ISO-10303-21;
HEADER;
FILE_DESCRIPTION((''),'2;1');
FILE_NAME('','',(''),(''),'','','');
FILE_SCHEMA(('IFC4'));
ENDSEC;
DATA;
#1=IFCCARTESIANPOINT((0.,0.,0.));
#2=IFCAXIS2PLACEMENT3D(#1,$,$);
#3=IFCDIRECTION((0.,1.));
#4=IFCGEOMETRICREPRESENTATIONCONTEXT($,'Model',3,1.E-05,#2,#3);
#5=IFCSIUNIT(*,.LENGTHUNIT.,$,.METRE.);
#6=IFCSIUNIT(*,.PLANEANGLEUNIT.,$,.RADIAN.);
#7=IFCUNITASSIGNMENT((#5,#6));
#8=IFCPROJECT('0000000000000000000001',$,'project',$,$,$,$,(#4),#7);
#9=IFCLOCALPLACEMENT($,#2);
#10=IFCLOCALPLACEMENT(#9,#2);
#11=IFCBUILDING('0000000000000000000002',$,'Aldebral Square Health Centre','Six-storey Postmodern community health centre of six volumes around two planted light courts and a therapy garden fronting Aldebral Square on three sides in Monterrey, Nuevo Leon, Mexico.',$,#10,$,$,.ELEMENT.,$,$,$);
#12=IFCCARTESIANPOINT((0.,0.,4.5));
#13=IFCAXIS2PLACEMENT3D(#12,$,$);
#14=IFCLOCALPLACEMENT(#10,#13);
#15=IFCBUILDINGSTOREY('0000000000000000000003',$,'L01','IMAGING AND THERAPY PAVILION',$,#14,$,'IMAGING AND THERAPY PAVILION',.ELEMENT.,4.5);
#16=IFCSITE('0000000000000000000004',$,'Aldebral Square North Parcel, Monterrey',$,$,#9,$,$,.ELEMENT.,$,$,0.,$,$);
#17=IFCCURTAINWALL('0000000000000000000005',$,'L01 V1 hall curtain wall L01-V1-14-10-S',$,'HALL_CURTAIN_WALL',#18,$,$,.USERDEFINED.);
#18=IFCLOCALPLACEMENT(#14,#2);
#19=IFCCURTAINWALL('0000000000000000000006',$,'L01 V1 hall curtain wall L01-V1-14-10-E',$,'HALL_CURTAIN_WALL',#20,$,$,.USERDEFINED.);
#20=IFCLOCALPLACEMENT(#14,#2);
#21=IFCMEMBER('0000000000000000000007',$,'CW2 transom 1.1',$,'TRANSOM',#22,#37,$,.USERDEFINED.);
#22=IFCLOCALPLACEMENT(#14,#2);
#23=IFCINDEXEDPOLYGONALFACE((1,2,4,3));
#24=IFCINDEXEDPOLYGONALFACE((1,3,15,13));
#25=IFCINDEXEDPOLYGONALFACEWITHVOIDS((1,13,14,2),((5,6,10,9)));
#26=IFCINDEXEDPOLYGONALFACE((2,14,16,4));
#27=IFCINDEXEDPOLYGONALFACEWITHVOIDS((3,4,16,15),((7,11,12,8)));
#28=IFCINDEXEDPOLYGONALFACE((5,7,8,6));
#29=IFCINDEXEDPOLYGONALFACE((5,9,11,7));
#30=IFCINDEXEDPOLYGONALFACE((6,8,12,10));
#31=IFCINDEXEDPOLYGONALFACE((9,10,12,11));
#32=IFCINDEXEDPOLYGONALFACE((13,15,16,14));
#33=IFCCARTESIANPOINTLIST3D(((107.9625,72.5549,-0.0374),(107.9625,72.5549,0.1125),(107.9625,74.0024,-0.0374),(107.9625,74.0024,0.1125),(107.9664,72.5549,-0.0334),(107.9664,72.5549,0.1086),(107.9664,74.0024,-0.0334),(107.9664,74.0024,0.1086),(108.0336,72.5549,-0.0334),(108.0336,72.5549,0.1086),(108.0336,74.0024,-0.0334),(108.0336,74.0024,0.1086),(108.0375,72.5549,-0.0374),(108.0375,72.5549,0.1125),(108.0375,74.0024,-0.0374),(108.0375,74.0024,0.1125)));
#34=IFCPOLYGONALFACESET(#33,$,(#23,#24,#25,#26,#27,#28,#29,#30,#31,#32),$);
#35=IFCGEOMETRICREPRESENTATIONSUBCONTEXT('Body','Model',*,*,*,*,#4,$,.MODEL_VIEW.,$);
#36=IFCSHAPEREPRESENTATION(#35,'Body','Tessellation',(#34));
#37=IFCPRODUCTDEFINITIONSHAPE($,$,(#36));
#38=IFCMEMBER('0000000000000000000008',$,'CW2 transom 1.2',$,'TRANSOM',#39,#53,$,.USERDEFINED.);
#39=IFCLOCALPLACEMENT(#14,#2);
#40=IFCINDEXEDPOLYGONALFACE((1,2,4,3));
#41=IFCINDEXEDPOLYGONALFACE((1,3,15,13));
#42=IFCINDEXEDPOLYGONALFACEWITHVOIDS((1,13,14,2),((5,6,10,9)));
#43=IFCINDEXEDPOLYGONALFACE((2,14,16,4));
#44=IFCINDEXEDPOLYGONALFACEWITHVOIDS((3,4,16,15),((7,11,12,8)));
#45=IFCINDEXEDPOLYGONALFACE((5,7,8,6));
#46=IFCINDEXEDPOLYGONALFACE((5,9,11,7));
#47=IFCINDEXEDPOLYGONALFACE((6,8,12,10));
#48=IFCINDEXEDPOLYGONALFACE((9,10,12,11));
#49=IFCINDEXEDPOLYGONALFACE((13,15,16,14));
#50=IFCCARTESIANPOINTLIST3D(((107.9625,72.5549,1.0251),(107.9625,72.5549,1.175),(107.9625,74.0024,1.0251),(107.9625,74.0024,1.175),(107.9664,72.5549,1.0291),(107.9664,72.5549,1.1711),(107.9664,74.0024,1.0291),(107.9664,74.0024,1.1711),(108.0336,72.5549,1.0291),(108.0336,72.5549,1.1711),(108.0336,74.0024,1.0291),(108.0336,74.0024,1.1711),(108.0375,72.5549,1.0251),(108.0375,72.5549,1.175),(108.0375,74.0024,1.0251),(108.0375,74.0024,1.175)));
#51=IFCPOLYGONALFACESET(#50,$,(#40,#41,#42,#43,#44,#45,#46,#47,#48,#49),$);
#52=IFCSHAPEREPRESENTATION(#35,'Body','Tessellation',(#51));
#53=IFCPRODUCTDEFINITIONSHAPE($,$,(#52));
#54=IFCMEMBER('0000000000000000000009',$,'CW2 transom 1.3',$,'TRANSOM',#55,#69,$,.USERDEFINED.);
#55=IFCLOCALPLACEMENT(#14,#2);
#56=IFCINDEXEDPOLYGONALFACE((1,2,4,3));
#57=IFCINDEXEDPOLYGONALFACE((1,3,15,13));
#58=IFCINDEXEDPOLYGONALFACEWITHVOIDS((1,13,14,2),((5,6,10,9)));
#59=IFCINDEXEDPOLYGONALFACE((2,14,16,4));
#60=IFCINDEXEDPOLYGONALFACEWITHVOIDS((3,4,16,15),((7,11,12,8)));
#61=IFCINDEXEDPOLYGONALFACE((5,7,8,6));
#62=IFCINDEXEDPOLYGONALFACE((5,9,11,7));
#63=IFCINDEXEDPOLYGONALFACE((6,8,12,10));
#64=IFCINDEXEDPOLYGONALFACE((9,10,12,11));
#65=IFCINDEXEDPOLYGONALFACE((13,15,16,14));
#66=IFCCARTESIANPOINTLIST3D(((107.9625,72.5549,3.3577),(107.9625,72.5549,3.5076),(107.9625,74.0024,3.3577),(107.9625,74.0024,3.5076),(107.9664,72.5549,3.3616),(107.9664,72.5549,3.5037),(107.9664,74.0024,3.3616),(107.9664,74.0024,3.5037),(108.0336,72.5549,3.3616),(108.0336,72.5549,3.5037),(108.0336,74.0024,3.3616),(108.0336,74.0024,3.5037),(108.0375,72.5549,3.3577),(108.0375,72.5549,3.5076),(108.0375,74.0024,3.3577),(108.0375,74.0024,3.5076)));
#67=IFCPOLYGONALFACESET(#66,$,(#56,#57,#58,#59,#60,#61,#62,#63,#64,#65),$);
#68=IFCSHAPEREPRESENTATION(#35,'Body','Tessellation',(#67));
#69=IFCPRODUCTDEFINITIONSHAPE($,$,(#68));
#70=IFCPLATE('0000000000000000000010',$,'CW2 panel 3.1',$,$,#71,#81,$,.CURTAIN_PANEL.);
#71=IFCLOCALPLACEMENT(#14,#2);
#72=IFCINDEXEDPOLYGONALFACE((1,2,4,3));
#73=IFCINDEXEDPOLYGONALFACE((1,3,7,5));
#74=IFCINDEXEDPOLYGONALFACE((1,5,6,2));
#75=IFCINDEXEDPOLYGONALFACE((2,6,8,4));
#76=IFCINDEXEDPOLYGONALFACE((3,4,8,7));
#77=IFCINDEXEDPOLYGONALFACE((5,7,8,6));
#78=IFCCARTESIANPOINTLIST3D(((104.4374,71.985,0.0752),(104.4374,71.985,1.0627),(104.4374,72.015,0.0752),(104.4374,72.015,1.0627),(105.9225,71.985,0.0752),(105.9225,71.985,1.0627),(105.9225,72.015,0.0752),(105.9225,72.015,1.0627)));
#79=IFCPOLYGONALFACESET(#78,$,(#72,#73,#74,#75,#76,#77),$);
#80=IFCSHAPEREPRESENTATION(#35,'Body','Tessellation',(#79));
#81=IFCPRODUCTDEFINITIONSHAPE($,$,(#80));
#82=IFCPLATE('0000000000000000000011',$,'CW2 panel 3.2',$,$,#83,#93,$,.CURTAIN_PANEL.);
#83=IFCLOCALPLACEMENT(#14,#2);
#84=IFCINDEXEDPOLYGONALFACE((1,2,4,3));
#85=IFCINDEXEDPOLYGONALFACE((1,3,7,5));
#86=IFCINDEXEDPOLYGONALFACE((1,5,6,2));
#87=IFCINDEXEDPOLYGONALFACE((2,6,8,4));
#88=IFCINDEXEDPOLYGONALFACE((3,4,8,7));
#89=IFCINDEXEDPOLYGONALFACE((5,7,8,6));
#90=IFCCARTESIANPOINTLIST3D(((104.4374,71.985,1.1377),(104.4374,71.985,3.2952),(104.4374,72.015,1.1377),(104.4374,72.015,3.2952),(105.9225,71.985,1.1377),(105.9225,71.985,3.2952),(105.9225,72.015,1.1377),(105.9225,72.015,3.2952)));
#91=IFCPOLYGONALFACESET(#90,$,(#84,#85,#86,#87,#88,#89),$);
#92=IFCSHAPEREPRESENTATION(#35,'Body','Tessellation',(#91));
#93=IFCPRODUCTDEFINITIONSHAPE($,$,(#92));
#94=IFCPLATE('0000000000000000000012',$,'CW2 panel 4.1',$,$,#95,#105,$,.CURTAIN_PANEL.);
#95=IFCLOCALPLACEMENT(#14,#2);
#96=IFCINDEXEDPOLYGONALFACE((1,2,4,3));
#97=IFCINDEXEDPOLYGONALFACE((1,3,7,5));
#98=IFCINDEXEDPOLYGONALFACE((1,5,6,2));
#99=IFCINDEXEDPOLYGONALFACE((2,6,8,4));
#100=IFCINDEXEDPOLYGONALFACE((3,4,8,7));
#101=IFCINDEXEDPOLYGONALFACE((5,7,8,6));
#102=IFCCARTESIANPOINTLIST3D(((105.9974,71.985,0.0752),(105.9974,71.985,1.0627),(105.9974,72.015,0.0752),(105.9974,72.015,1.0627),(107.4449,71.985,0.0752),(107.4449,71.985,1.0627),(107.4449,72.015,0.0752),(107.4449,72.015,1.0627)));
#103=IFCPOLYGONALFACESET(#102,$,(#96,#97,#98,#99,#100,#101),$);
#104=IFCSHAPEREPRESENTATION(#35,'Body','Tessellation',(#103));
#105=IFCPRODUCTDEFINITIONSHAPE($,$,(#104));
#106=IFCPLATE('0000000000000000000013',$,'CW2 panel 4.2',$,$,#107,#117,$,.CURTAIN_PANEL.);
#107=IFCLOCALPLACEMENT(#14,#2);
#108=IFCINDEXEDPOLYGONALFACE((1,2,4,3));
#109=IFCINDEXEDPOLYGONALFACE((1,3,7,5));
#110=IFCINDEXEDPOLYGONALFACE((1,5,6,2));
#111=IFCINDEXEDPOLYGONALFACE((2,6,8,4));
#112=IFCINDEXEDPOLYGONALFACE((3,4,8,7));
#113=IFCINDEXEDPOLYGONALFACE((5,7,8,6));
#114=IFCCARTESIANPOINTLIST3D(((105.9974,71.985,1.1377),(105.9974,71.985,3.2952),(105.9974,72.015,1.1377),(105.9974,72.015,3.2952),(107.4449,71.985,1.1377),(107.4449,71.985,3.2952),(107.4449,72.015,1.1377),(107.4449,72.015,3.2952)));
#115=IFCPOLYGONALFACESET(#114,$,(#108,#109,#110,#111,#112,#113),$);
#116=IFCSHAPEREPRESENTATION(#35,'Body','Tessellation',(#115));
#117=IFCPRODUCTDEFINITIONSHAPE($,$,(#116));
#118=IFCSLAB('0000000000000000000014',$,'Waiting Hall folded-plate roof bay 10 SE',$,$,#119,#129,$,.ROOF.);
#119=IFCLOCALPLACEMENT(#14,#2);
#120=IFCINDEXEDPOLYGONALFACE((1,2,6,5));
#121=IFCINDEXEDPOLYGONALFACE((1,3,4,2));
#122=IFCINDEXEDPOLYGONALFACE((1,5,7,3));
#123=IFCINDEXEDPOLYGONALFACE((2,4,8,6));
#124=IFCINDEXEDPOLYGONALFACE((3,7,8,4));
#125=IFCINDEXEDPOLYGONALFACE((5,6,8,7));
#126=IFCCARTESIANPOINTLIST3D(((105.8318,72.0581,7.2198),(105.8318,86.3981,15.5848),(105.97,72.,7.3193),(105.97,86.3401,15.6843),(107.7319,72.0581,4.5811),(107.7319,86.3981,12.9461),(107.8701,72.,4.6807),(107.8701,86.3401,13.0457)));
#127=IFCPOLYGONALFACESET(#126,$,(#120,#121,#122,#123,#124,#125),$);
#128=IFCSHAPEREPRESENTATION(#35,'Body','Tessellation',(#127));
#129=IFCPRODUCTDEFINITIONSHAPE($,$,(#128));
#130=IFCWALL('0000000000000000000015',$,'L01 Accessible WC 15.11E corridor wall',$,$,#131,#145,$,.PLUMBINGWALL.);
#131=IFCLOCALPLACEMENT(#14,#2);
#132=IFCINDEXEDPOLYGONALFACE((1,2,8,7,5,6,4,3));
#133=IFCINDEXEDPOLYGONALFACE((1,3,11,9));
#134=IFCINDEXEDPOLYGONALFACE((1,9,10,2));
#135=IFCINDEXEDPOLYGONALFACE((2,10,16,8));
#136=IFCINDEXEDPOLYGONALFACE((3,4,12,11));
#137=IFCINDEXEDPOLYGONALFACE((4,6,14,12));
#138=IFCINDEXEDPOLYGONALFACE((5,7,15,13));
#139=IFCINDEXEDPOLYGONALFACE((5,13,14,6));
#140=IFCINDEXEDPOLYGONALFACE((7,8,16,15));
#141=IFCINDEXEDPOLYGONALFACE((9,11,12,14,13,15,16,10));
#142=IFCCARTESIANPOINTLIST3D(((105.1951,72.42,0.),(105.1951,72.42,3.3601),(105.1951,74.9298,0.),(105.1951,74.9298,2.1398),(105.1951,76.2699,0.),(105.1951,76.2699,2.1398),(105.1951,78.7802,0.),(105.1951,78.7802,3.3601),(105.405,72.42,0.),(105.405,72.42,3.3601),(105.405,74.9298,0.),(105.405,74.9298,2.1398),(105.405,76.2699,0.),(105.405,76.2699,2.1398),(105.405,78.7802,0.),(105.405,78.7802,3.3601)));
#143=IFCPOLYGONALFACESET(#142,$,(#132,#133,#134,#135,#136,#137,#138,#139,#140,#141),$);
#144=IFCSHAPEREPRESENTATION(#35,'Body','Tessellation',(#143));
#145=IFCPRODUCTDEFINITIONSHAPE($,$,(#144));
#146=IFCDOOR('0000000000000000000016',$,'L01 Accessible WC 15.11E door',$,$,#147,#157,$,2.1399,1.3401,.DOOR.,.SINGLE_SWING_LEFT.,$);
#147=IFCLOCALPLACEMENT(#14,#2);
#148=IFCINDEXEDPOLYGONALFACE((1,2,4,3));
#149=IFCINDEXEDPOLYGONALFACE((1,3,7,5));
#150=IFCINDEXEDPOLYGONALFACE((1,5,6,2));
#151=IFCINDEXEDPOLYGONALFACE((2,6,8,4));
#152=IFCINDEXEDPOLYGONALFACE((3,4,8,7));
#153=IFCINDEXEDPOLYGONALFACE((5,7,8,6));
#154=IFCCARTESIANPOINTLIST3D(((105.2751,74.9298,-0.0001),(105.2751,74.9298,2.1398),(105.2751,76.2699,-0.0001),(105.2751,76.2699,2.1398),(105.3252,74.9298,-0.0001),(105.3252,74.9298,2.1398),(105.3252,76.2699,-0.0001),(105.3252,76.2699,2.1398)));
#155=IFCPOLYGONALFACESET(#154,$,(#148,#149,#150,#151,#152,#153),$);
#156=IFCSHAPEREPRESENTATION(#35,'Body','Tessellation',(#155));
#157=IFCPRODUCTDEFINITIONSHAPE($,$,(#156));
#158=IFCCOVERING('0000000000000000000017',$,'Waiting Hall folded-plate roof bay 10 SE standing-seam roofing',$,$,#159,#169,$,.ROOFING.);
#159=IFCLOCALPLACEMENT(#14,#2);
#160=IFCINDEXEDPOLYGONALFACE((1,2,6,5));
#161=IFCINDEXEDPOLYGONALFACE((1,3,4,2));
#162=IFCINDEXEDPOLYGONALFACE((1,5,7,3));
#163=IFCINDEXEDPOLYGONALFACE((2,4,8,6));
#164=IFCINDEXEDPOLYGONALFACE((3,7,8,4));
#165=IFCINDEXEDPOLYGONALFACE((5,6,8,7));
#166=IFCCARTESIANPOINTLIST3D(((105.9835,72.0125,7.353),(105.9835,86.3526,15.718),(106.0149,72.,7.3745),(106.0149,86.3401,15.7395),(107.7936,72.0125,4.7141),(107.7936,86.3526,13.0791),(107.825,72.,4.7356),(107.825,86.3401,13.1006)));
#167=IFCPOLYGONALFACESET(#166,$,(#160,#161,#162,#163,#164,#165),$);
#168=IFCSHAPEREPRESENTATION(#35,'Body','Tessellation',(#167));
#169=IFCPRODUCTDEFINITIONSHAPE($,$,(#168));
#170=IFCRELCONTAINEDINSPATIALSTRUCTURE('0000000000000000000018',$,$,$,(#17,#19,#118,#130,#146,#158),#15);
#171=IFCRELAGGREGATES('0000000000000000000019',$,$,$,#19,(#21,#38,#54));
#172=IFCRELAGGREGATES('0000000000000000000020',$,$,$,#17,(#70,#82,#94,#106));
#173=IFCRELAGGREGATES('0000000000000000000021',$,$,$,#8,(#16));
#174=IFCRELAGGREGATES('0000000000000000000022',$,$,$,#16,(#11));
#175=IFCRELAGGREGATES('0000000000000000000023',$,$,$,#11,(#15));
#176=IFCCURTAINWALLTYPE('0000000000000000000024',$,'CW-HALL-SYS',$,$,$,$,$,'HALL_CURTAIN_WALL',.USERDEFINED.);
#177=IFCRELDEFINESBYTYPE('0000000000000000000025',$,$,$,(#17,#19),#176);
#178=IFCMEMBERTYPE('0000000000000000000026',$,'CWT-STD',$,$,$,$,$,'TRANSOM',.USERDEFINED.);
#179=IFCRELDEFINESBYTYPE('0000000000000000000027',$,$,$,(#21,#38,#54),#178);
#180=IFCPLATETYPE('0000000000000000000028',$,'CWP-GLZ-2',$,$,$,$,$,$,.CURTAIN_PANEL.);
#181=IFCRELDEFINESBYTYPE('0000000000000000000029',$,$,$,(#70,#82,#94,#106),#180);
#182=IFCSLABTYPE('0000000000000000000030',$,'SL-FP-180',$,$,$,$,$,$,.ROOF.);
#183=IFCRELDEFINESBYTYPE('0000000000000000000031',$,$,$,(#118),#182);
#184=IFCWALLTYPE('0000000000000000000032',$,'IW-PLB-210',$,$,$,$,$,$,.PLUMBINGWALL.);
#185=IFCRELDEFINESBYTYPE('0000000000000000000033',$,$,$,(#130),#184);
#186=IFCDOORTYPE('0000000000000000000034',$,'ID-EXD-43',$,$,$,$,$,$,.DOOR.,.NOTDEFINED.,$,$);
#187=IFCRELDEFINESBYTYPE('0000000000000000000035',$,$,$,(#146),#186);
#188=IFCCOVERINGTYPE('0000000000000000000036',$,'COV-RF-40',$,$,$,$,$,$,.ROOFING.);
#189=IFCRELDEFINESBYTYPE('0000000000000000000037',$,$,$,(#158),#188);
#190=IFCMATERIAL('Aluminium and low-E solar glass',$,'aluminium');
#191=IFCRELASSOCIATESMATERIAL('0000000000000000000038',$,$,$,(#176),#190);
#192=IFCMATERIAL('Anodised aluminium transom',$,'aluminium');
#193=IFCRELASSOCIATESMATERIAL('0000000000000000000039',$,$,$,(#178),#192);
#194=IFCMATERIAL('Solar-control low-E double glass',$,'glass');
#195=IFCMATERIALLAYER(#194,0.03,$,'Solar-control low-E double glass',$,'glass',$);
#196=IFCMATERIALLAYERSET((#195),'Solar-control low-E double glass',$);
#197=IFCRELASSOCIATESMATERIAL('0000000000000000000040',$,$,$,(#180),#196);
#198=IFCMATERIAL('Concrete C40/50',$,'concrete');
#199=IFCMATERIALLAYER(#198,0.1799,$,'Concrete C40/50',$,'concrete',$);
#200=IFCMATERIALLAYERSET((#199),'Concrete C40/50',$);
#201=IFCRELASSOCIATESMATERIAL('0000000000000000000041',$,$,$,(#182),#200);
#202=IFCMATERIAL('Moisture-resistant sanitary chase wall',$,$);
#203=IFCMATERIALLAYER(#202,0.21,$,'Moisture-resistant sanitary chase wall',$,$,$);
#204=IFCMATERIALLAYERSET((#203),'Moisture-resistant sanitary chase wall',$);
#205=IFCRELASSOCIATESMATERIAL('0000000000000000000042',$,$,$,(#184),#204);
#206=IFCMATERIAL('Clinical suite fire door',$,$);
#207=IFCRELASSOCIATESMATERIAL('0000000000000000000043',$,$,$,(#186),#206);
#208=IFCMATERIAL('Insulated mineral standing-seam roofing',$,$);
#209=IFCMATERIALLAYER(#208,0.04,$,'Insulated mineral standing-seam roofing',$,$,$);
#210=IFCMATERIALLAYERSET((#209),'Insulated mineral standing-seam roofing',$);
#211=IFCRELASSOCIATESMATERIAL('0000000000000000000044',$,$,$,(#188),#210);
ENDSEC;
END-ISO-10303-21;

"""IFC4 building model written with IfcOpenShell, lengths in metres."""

from ifc_helpers import new_model, si_unit, direction, frame, frame_2d, origin, origin_2d, place, context, subcontext, project, spatial, polyline, rectangle, hollow_rectangle, outline, extrude, material, layer, layer_set, material_profile, profile_set, type_object, element, fill, aggregate, save


model = new_model("IFC4")

# Units and contexts
model_context = context("Model", 3, precision=1e-05, world=origin(), true_north=direction((0.0, 1.0)))
body_context = subcontext(model_context, "Body", "Model", "MODEL_VIEW")
ifc_project = project(units=[si_unit("LENGTHUNIT", "METRE"), si_unit("PLANEANGLEUNIT", "RADIAN")], contexts=[model_context])

# Site, building, storey
site_placement = place(None, origin())
site = spatial("IfcSite", under=ifc_project, at=site_placement, Name="Aldebral Square North Parcel, Monterrey", CompositionType="ELEMENT", RefElevation=0.0)
building_placement = place(site_placement, origin())
building = spatial("IfcBuilding", under=site, at=building_placement, Name="Aldebral Square Health Centre", Description="Six-storey Postmodern community health centre of six volumes around two planted light courts and a therapy garden fronting Aldebral Square on three sides in Monterrey, Nuevo Leon, Mexico.", CompositionType="ELEMENT")
storey_placement = place(building_placement, frame((0.0, 0.0, 4.5)))
storey = spatial("IfcBuildingStorey", under=building, at=storey_placement, Name="L01", Description="IMAGING AND THERAPY PAVILION", LongName="IMAGING AND THERAPY PAVILION", CompositionType="ELEMENT", Elevation=4.5)

# Shared definitions
ifc_material_1 = material(Name="Concrete C40/50", Category="concrete")

# Curtain wall
ifc_material_2 = material(Name="Aluminium and low-E solar glass", Category="aluminium")
curtain_wall_type = type_object("IfcCurtainWallType", Name="CW-HALL-SYS", ElementType="HALL_CURTAIN_WALL", PredefinedType="USERDEFINED", material=ifc_material_2)
curtain_wall_1_placement = place(storey_placement, origin())
curtain_wall_1 = element("IfcCurtainWall", 1, at=curtain_wall_1_placement, inside=storey, type_object=curtain_wall_type, Name="L01 V1 hall curtain wall L01-V1-14-10-S", ObjectType="HALL_CURTAIN_WALL", PredefinedType="USERDEFINED")

# Curtain wall
curtain_wall_2_placement = place(storey_placement, origin())
curtain_wall_2 = element("IfcCurtainWall", 2, at=curtain_wall_2_placement, inside=storey, type_object=curtain_wall_type, Name="L01 V1 hall curtain wall L01-V1-14-10-E", ObjectType="HALL_CURTAIN_WALL", PredefinedType="USERDEFINED")

# Members
ifc_material_3 = material(Name="Anodised aluminium transom", Category="aluminium")
ifc_material_profile_1 = material_profile(ifc_material_3, hollow_rectangle(XDim=0.075, YDim=0.1499, WallThickness=0.0039, at=origin_2d()), Name="CWT 75x150x4")
ifc_profile_set_1 = profile_set([ifc_material_profile_1], Name="Anodised aluminium transom")
member_type_1 = type_object("IfcMemberType", Name="CWT-STD", ElementType="TRANSOM", PredefinedType="USERDEFINED", material=ifc_profile_set_1)
member_1_placement = place(storey_placement, frame((108.0, 72.5549, 0.0376), z_axis=(0.0, 1.0, 0.0), x_axis=(-1.0, 0.0, 0.0)))
member_1 = element("IfcMember", 3, at=member_1_placement, type_object=member_type_1, Name="CW2 transom 1.1", ObjectType="TRANSOM", PredefinedType="USERDEFINED", context=body_context, shape_type="SweptSolid", body=[
    extrude(hollow_rectangle(XDim=0.075, YDim=0.1499, WallThickness=0.0039, at=origin_2d()), origin(), (0.0, 0.0, 1.0), 1.4475),
])
member_2_placement = place(storey_placement, frame((108.0, 72.5549, 1.1001), z_axis=(0.0, 1.0, 0.0), x_axis=(-1.0, 0.0, 0.0)))
member_2 = element("IfcMember", 4, at=member_2_placement, type_object=member_type_1, Name="CW2 transom 1.2", ObjectType="TRANSOM", PredefinedType="USERDEFINED", context=body_context, shape_type="SweptSolid", body=[
    extrude(hollow_rectangle(XDim=0.075, YDim=0.1499, WallThickness=0.0039, at=origin_2d()), origin(), (0.0, 0.0, 1.0), 1.4475),
])
member_3_placement = place(storey_placement, frame((108.0, 72.5549, 3.4326), z_axis=(0.0, 1.0, 0.0), x_axis=(-1.0, 0.0, 0.0)))
member_3 = element("IfcMember", 5, at=member_3_placement, type_object=member_type_1, Name="CW2 transom 1.3", ObjectType="TRANSOM", PredefinedType="USERDEFINED", context=body_context, shape_type="SweptSolid", body=[
    extrude(hollow_rectangle(XDim=0.075, YDim=0.1499, WallThickness=0.0039, at=origin_2d()), origin(), (0.0, 0.0, 1.0), 1.4475),
])
aggregate(curtain_wall_2, [member_1, member_2, member_3])

# Plates
ifc_material_4 = material(Name="Solar-control low-E double glass", Category="glass")
ifc_layer_1 = layer(ifc_material_4, 0.03, Name="Solar-control low-E double glass", Category="glass")
ifc_layer_set_1 = layer_set([ifc_layer_1], Name="Solar-control low-E double glass")
plate_type = type_object("IfcPlateType", Name="CWP-GLZ-2", PredefinedType="CURTAIN_PANEL", material=ifc_layer_set_1)
plate_1_placement = place(storey_placement, frame((105.1799, 72.0, 0.0752), z_axis=(0.0, 0.0, 1.0), x_axis=(1.0, 0.0, 0.0)))
plate_1 = element("IfcPlate", 6, at=plate_1_placement, type_object=plate_type, Name="CW2 panel 3.1", PredefinedType="CURTAIN_PANEL", context=body_context, shape_type="SweptSolid", body=[
    extrude(rectangle(XDim=1.4851, YDim=0.03, at=origin_2d()), origin(), (0.0, 0.0, 1.0), 0.9875),
])
plate_2_placement = place(storey_placement, frame((105.1799, 72.0, 1.1377), z_axis=(0.0, 0.0, 1.0), x_axis=(1.0, 0.0, 0.0)))
plate_2 = element("IfcPlate", 7, at=plate_2_placement, type_object=plate_type, Name="CW2 panel 3.2", PredefinedType="CURTAIN_PANEL", context=body_context, shape_type="SweptSolid", body=[
    extrude(rectangle(XDim=1.4851, YDim=0.03, at=origin_2d()), origin(), (0.0, 0.0, 1.0), 2.1575),
])
plate_3_placement = place(storey_placement, frame((106.7212, 72.0, 0.0752), z_axis=(0.0, 0.0, 1.0), x_axis=(1.0, 0.0, 0.0)))
plate_3 = element("IfcPlate", 8, at=plate_3_placement, type_object=plate_type, Name="CW2 panel 4.1", PredefinedType="CURTAIN_PANEL", context=body_context, shape_type="SweptSolid", body=[
    extrude(rectangle(XDim=1.4475, YDim=0.03, at=origin_2d()), origin(), (0.0, 0.0, 1.0), 0.9875),
])
plate_4_placement = place(storey_placement, frame((106.7212, 72.0, 1.1377), z_axis=(0.0, 0.0, 1.0), x_axis=(1.0, 0.0, 0.0)))
plate_4 = element("IfcPlate", 9, at=plate_4_placement, type_object=plate_type, Name="CW2 panel 4.2", PredefinedType="CURTAIN_PANEL", context=body_context, shape_type="SweptSolid", body=[
    extrude(rectangle(XDim=1.4475, YDim=0.03, at=origin_2d()), origin(), (0.0, 0.0, 1.0), 2.1575),
])
aggregate(curtain_wall_1, [plate_1, plate_2, plate_3, plate_4])

# Slab
ifc_layer_2 = layer(ifc_material_1, 0.1799, Name="Concrete C40/50", Category="concrete")
ifc_layer_set_2 = layer_set([ifc_layer_2], Name="Concrete C40/50")
slab_type = type_object("IfcSlabType", Name="SL-FP-180", PredefinedType="ROOF", material=ifc_layer_set_2)
slab_placement = place(storey_placement, frame((105.97, 72.0, 7.3193), z_axis=(0.768091, -0.322647, 0.553114), x_axis=(0.584366, 0.0, -0.81149)))
element("IfcSlab", 10, at=slab_placement, inside=storey, type_object=slab_type, Name="Waiting Hall folded-plate roof bay 10 SE", PredefinedType="ROOF", context=body_context, shape_type="SweptSolid", body=[
    extrude(outline(polyline([(0.0, 0.0), (3.2516, 0.0), (-3.5365, 15.1503), (-6.7881, 15.1503), (0.0, 0.0)])), origin(), (0.0, 0.0, -1.0), 0.1799),
])

# Wall, opening, door
ifc_material_5 = material(Name="Moisture-resistant sanitary chase wall")
ifc_layer_3 = layer(ifc_material_5, 0.21, Name="Moisture-resistant sanitary chase wall")
ifc_layer_set_3 = layer_set([ifc_layer_3], Name="Moisture-resistant sanitary chase wall")
wall_type = type_object("IfcWallType", Name="IW-PLB-210", PredefinedType="PLUMBINGWALL", material=ifc_layer_set_3)
wall_placement = place(storey_placement, frame((105.3, 72.4199, 0.0), z_axis=(0.0, 0.0, 1.0), x_axis=(0.0, 1.0, 0.0)))
wall = element("IfcWall", 11, at=wall_placement, inside=storey, type_object=wall_type, Name="L01 Accessible WC 15.11E corridor wall", PredefinedType="PLUMBINGWALL", context=body_context, shape_type="SweptSolid", body=[
    extrude(rectangle(XDim=6.3601, YDim=0.21, at=frame_2d((3.1802, 0.0))), origin(), (0.0, 0.0, 1.0), 3.3601),
])
opening_placement = place(wall_placement, frame((2.51, 0.0, 0.0)))
opening = element("IfcOpeningElement", 12, at=opening_placement, cuts=wall, PredefinedType="OPENING", context=body_context, shape_type="SweptSolid", body=[
    extrude(rectangle(XDim=1.3401, YDim=2.1399, at=frame_2d((0.6699, 1.0698))), frame((0.0, 0.115, 0.0), z_axis=(0.0, -1.0, 0.0), x_axis=(1.0, 0.0, 0.0)), (0.0, 0.0, 1.0), 0.23),
])
ifc_material_6 = material(Name="Clinical suite fire door")
door_type = type_object("IfcDoorType", Name="ID-EXD-43", OperationType="NOTDEFINED", PredefinedType="DOOR", material=ifc_material_6)
door_placement = place(opening_placement, origin())
door = element("IfcDoor", 13, at=door_placement, inside=storey, type_object=door_type, Name="L01 Accessible WC 15.11E door", OperationType="SINGLE_SWING_LEFT", OverallHeight=2.1399, OverallWidth=1.3401, PredefinedType="DOOR", context=body_context, shape_type="SweptSolid", body=[
    extrude(rectangle(XDim=1.3401, YDim=2.1399, at=frame_2d((0.6699, 1.0698))), frame((0.0, 0.0249, 0.0), z_axis=(0.0, -1.0, 0.0), x_axis=(1.0, 0.0, 0.0)), (0.0, 0.0, 1.0), 0.05),
])
fill(opening, door)

# Covering
ifc_material_7 = material(Name="Insulated mineral standing-seam roofing")
ifc_layer_4 = layer(ifc_material_7, 0.04, Name="Insulated mineral standing-seam roofing")
ifc_layer_set_4 = layer_set([ifc_layer_4], Name="Insulated mineral standing-seam roofing")
covering_type = type_object("IfcCoveringType", Name="COV-RF-40", PredefinedType="ROOFING", material=ifc_layer_set_4)
covering_placement = place(storey_placement, frame((106.0149, 72.0, 7.3745), z_axis=(0.783126, -0.313337, 0.537154), x_axis=(0.565638, 0.0, -0.824654)))
element("IfcCovering", 14, at=covering_placement, inside=storey, type_object=covering_type, Name="Waiting Hall folded-plate roof bay 10 SE standing-seam roofing", PredefinedType="ROOFING", context=body_context, shape_type="SweptSolid", body=[
    extrude(outline(polyline([(0.0, 0.0), (3.2, 0.0), (-3.6982, 15.1005), (-6.8982, 15.1005), (0.0, 0.0)])), origin(), (0.0, 0.0, -1.0), 0.04),
])

save(model, "model.ifc")
